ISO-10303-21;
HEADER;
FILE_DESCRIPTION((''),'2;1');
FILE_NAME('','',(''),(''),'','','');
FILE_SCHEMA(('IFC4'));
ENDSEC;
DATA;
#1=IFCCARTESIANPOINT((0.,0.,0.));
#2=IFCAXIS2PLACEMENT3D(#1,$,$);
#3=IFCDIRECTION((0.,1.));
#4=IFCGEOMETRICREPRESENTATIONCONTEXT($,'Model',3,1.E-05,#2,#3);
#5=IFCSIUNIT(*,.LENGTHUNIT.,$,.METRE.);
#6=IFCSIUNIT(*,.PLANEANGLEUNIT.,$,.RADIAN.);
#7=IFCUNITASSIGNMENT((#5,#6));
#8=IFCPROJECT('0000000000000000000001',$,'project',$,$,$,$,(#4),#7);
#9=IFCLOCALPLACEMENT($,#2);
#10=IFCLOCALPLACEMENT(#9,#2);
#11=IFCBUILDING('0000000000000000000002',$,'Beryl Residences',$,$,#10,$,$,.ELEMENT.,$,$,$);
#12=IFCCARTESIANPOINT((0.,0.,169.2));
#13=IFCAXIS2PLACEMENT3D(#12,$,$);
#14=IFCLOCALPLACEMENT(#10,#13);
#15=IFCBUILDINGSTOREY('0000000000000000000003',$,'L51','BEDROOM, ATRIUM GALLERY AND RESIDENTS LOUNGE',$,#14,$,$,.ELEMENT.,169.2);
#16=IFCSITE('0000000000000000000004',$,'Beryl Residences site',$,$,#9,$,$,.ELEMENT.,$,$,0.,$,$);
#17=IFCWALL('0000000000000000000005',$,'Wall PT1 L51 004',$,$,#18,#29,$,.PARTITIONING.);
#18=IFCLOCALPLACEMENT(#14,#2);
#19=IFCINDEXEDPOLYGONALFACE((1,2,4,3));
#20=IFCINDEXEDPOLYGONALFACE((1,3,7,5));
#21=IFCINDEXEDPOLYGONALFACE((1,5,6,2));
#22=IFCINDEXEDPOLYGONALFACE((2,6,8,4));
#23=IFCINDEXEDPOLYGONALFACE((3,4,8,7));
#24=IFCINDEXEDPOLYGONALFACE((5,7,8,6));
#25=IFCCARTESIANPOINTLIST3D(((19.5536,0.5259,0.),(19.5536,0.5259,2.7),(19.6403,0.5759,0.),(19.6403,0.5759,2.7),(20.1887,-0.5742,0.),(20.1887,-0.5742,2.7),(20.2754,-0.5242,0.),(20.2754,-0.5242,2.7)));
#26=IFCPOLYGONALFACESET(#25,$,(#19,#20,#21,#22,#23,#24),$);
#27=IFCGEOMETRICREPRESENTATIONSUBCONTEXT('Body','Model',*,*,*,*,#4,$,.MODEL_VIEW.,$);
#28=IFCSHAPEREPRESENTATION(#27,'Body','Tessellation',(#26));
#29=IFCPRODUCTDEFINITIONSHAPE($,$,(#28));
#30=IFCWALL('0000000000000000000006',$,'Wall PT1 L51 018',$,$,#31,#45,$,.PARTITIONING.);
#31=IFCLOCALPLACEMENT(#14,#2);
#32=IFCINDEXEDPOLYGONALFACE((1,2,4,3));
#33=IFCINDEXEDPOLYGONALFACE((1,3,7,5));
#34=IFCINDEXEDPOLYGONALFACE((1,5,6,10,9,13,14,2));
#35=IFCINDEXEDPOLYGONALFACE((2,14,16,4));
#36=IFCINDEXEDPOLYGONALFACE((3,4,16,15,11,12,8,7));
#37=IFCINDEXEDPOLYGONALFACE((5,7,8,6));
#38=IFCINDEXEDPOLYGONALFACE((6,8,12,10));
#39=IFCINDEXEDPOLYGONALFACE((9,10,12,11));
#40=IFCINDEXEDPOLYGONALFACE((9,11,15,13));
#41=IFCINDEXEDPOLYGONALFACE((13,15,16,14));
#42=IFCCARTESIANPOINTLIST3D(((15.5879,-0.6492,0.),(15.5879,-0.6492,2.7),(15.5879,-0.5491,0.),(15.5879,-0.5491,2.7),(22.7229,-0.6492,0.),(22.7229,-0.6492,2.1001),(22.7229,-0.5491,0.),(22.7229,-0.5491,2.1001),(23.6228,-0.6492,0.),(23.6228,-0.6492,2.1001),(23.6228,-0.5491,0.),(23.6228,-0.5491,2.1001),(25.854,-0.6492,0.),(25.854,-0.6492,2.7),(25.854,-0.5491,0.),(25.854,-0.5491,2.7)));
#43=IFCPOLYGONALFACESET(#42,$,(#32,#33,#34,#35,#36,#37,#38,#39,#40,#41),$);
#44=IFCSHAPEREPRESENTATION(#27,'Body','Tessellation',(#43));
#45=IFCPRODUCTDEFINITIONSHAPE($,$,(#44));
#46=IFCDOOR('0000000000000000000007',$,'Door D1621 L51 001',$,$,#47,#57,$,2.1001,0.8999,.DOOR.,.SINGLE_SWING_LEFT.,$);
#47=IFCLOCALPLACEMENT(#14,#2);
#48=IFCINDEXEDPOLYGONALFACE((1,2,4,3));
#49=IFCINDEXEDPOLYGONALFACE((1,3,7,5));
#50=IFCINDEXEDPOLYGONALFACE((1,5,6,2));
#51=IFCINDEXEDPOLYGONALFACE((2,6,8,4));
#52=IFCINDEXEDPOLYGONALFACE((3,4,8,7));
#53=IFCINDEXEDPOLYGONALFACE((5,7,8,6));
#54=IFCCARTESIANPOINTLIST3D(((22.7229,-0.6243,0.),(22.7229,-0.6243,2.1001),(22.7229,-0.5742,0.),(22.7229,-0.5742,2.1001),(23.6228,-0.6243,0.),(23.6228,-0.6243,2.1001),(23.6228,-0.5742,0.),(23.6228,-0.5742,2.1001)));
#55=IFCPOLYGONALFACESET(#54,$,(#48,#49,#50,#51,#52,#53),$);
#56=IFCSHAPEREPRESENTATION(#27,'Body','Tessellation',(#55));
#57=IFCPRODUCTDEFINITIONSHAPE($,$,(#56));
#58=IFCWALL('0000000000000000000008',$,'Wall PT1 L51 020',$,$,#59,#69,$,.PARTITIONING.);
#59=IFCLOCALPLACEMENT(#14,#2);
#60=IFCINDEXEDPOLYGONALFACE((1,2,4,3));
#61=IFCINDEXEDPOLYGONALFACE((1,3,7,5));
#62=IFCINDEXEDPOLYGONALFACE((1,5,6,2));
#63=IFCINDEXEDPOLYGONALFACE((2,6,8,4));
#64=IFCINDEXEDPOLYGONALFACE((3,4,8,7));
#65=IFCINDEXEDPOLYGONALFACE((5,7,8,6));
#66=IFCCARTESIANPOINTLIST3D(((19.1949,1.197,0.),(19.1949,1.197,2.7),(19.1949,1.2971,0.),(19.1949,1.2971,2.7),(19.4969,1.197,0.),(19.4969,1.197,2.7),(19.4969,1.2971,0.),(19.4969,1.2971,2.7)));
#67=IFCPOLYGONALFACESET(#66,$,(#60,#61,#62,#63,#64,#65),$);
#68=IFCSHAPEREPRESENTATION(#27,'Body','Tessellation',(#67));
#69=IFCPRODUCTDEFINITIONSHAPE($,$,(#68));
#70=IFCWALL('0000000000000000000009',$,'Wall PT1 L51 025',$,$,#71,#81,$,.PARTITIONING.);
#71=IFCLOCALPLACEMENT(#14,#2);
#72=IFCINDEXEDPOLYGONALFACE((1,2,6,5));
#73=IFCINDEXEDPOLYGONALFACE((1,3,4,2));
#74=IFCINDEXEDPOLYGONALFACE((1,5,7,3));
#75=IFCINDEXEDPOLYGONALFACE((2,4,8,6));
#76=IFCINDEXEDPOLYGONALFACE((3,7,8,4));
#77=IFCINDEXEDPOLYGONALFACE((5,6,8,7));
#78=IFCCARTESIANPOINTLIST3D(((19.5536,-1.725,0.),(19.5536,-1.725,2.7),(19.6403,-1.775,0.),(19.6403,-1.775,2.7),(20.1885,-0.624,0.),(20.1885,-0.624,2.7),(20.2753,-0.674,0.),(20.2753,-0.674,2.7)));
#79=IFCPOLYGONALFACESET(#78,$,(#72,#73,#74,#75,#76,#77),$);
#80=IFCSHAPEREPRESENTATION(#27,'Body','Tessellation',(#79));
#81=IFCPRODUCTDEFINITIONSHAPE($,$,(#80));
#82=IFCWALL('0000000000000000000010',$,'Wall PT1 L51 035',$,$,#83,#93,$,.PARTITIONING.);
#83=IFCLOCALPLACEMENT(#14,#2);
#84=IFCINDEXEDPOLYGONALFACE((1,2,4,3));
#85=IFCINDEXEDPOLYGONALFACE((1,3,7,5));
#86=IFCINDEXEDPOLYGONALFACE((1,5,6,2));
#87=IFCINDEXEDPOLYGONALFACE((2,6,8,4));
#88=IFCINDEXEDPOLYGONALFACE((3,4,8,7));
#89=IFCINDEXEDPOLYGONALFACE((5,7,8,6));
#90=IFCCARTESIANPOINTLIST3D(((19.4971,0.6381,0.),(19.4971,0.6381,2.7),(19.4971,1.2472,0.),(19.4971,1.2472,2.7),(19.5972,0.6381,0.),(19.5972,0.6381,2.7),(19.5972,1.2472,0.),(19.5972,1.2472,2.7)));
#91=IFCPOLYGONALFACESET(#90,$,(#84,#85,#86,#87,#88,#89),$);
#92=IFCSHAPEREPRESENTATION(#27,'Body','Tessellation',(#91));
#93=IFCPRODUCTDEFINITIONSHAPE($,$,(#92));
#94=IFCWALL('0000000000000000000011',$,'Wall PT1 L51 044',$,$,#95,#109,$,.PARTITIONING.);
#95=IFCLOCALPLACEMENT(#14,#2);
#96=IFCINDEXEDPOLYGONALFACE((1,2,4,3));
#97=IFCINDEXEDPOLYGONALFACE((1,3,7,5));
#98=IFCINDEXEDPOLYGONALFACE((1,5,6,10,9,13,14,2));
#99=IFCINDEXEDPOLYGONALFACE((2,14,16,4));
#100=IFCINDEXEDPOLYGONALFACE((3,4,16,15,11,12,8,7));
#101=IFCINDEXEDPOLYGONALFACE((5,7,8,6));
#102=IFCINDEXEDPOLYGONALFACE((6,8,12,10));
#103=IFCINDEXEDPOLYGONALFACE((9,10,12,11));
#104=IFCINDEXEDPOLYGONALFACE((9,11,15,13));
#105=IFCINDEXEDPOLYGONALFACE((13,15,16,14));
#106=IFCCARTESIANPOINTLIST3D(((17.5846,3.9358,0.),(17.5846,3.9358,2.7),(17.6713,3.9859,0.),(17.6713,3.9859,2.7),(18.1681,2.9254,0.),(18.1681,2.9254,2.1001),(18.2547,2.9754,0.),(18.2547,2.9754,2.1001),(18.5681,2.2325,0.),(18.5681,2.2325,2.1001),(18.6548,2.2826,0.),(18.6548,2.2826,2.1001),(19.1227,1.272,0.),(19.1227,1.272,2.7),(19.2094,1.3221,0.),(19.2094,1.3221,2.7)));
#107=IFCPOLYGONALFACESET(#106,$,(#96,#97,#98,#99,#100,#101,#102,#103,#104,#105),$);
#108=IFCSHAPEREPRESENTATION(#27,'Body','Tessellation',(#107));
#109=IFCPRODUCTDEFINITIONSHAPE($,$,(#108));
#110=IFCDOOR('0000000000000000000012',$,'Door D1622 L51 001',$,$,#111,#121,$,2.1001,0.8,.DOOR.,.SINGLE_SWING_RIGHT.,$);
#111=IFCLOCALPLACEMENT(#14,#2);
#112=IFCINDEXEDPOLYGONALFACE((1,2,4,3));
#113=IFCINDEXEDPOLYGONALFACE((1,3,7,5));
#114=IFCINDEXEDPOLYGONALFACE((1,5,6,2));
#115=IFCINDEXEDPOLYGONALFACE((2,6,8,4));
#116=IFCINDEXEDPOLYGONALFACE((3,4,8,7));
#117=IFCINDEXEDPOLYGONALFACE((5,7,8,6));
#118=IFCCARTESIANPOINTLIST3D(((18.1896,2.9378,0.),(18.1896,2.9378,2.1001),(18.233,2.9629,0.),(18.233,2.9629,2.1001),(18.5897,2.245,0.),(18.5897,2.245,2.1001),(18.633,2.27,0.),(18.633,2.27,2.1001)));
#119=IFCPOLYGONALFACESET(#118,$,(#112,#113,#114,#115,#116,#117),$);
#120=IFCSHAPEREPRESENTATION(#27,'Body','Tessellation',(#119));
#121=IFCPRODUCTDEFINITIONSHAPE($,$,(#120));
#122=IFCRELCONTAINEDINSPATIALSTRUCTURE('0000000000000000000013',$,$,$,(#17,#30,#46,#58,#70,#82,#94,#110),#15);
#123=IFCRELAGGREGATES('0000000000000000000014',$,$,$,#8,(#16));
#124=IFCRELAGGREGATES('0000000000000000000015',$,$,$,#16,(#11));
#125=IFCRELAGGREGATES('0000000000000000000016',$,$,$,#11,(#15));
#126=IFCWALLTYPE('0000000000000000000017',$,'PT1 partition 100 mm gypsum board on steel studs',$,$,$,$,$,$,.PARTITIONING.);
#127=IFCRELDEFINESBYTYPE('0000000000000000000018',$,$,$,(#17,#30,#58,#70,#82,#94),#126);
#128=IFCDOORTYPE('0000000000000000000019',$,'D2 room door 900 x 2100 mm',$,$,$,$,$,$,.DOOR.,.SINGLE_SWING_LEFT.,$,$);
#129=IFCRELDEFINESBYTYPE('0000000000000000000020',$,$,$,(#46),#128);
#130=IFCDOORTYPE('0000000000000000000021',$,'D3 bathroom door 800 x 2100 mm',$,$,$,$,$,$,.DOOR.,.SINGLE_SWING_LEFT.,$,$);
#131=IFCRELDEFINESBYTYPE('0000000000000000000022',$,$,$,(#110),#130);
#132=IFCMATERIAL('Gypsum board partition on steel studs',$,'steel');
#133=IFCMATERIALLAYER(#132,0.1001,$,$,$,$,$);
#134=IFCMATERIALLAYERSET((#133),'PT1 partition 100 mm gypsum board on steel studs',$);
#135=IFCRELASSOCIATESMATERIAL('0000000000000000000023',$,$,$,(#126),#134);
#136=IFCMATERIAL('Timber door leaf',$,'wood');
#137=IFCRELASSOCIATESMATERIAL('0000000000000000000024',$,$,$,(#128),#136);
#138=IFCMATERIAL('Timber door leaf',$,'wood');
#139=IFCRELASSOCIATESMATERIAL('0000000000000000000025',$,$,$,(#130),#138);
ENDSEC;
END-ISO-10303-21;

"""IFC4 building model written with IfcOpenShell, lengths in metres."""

from ifc_helpers import new_model, si_unit, direction, frame, frame_2d, origin, place, context, subcontext, project, spatial, rectangle, extrude, material, layer, layer_set, type_object, element, fill, save


model = new_model("IFC4")

# Units and contexts
model_context = context("Model", 3, precision=1e-05, world=origin(), true_north=direction((0.0, 1.0)))
body_context = subcontext(model_context, "Body", "Model", "MODEL_VIEW")
ifc_project = project(units=[si_unit("LENGTHUNIT", "METRE"), si_unit("PLANEANGLEUNIT", "RADIAN")], contexts=[model_context])

# Site, building, storey
site_placement = place(None, origin())
site = spatial("IfcSite", under=ifc_project, at=site_placement, Name="Beryl Residences site", CompositionType="ELEMENT", RefElevation=0.0)
building_placement = place(site_placement, origin())
building = spatial("IfcBuilding", under=site, at=building_placement, Name="Beryl Residences", CompositionType="ELEMENT")
storey_placement = place(building_placement, frame((0.0, 0.0, 169.2)))
storey = spatial("IfcBuildingStorey", under=building, at=storey_placement, Name="L51", Description="BEDROOM, ATRIUM GALLERY AND RESIDENTS LOUNGE", CompositionType="ELEMENT", Elevation=169.2)

# Wall
ifc_material_1 = material(Name="Gypsum board partition on steel studs", Category="steel")
ifc_layer_1 = layer(ifc_material_1, 0.1001)
ifc_layer_set_1 = layer_set([ifc_layer_1], Name="PT1 partition 100 mm gypsum board on steel studs")
wall_type_1 = type_object("IfcWallType", Name="PT1 partition 100 mm gypsum board on steel studs", PredefinedType="PARTITIONING", material=ifc_layer_set_1)
wall_1_placement = place(storey_placement, frame((19.5969, 0.551, 0.0), z_axis=(0.0, 0.0, 1.0), x_axis=(0.499922, -0.86607, 0.0)))
element("IfcWall", 1, at=wall_1_placement, inside=storey, type_object=wall_type_1, Name="Wall PT1 L51 004", PredefinedType="PARTITIONING", context=body_context, shape_type="SweptSolid", body=[
    extrude(rectangle(XDim=1.2703, YDim=0.1001, at=frame_2d((0.6353, 0.0))), origin(), (0.0, 0.0, 1.0), 2.7),
])

# Wall, opening, door
wall_2_placement = place(storey_placement, frame((15.5879, -0.5991, 0.0), z_axis=(0.0, 0.0, 1.0), x_axis=(1.0, 0.0, 0.0)))
wall_2 = element("IfcWall", 2, at=wall_2_placement, inside=storey, type_object=wall_type_1, Name="Wall PT1 L51 018", PredefinedType="PARTITIONING", context=body_context, shape_type="SweptSolid", body=[
    extrude(rectangle(XDim=10.2661, YDim=0.1001, at=frame_2d((5.1331, 0.0))), origin(), (0.0, 0.0, 1.0), 2.7),
])
opening_1_placement = place(wall_2_placement, frame((7.135, 0.0, 0.0)))
opening_1 = element("IfcOpeningElement", 3, at=opening_1_placement, cuts=wall_2, PredefinedType="OPENING", context=body_context, shape_type="SweptSolid", body=[
    extrude(rectangle(XDim=0.8999, YDim=2.1001, at=frame_2d((0.45, 1.05))), frame((0.0, 0.0601, 0.0), z_axis=(0.0, -1.0, 0.0), x_axis=(1.0, 0.0, 0.0)), (0.0, 0.0, 1.0), 0.1201),
])
ifc_material_2 = material(Name="Timber door leaf", Category="wood")
door_type_1 = type_object("IfcDoorType", Name="D2 room door 900 x 2100 mm", OperationType="SINGLE_SWING_LEFT", PredefinedType="DOOR", material=ifc_material_2)
door_1_placement = place(opening_1_placement, origin())
door_1 = element("IfcDoor", 4, at=door_1_placement, inside=storey, type_object=door_type_1, Name="Door D1621 L51 001", OperationType="SINGLE_SWING_LEFT", OverallHeight=2.1001, OverallWidth=0.8999, PredefinedType="DOOR", context=body_context, shape_type="SweptSolid", body=[
    extrude(rectangle(XDim=0.8999, YDim=2.1001, at=frame_2d((0.45, 1.05))), frame((0.0, 0.0249, 0.0), z_axis=(0.0, -1.0, 0.0), x_axis=(1.0, 0.0, 0.0)), (0.0, 0.0, 1.0), 0.05),
])
fill(opening_1, door_1)

# Walls
wall_3_placement = place(storey_placement, frame((19.1951, 1.2471, 0.0), z_axis=(0.0, 0.0, 1.0), x_axis=(1.0, 0.0, 0.0)))
element("IfcWall", 5, at=wall_3_placement, inside=storey, type_object=wall_type_1, Name="Wall PT1 L51 020", PredefinedType="PARTITIONING", context=body_context, shape_type="SweptSolid", body=[
    extrude(rectangle(XDim=0.302, YDim=0.1001, at=frame_2d((0.1509, 0.0))), origin(), (0.0, 0.0, 1.0), 2.7),
])
wall_4_placement = place(storey_placement, frame((19.5969, -1.75, 0.0), z_axis=(0.0, 0.0, 1.0), x_axis=(0.499589, 0.866262, 0.0)))
element("IfcWall", 6, at=wall_4_placement, inside=storey, type_object=wall_type_1, Name="Wall PT1 L51 025", PredefinedType="PARTITIONING", context=body_context, shape_type="SweptSolid", body=[
    extrude(rectangle(XDim=1.271, YDim=0.1001, at=frame_2d((0.6355, 0.0))), origin(), (0.0, 0.0, 1.0), 2.7),
])
wall_5_placement = place(storey_placement, frame((19.5471, 0.6379, 0.0), z_axis=(0.0, 0.0, 1.0), x_axis=(0.0, 1.0, 0.0)))
element("IfcWall", 7, at=wall_5_placement, inside=storey, type_object=wall_type_1, Name="Wall PT1 L51 035", PredefinedType="PARTITIONING", context=body_context, shape_type="SweptSolid", body=[
    extrude(rectangle(XDim=0.6091, YDim=0.1001, at=frame_2d((0.3047, 0.0))), origin(), (0.0, 0.0, 1.0), 2.7),
])

# Wall, opening, door
wall_6_placement = place(storey_placement, frame((17.6279, 3.9609, 0.0), z_axis=(0.0, 0.0, 1.0), x_axis=(0.500032, -0.866007, 0.0)))
wall_6 = element("IfcWall", 8, at=wall_6_placement, inside=storey, type_object=wall_type_1, Name="Wall PT1 L51 044", PredefinedType="PARTITIONING", context=body_context, shape_type="SweptSolid", body=[
    extrude(rectangle(XDim=3.0759, YDim=0.1001, at=frame_2d((1.5381, 0.0))), origin(), (0.0, 0.0, 1.0), 2.7),
])
opening_2_placement = place(wall_6_placement, frame((1.167, 0.0, 0.0)))
opening_2 = element("IfcOpeningElement", 9, at=opening_2_placement, cuts=wall_6, PredefinedType="OPENING", context=body_context, shape_type="SweptSolid", body=[
    extrude(rectangle(XDim=0.8, YDim=2.1001, at=frame_2d((0.3999, 1.05))), frame((0.0, 0.0601, 0.0), z_axis=(0.0, -1.0, 0.0), x_axis=(1.0, 0.0, 0.0)), (0.0, 0.0, 1.0), 0.1201),
])
ifc_material_3 = material(Name="Timber door leaf", Category="wood")
door_type_2 = type_object("IfcDoorType", Name="D3 bathroom door 800 x 2100 mm", OperationType="SINGLE_SWING_LEFT", PredefinedType="DOOR", material=ifc_material_3)
door_2_placement = place(opening_2_placement, origin())
door_2 = element("IfcDoor", 10, at=door_2_placement, inside=storey, type_object=door_type_2, Name="Door D1622 L51 001", OperationType="SINGLE_SWING_RIGHT", OverallHeight=2.1001, OverallWidth=0.8, PredefinedType="DOOR", context=body_context, shape_type="SweptSolid", body=[
    extrude(rectangle(XDim=0.8, YDim=2.1001, at=frame_2d((0.3999, 1.05))), frame((0.0, 0.0249, 0.0), z_axis=(0.0, -1.0, 0.0), x_axis=(1.0, 0.0, 0.0)), (0.0, 0.0, 1.0), 0.05),
])
fill(opening_2, door_2)

save(model, "model.ifc")
